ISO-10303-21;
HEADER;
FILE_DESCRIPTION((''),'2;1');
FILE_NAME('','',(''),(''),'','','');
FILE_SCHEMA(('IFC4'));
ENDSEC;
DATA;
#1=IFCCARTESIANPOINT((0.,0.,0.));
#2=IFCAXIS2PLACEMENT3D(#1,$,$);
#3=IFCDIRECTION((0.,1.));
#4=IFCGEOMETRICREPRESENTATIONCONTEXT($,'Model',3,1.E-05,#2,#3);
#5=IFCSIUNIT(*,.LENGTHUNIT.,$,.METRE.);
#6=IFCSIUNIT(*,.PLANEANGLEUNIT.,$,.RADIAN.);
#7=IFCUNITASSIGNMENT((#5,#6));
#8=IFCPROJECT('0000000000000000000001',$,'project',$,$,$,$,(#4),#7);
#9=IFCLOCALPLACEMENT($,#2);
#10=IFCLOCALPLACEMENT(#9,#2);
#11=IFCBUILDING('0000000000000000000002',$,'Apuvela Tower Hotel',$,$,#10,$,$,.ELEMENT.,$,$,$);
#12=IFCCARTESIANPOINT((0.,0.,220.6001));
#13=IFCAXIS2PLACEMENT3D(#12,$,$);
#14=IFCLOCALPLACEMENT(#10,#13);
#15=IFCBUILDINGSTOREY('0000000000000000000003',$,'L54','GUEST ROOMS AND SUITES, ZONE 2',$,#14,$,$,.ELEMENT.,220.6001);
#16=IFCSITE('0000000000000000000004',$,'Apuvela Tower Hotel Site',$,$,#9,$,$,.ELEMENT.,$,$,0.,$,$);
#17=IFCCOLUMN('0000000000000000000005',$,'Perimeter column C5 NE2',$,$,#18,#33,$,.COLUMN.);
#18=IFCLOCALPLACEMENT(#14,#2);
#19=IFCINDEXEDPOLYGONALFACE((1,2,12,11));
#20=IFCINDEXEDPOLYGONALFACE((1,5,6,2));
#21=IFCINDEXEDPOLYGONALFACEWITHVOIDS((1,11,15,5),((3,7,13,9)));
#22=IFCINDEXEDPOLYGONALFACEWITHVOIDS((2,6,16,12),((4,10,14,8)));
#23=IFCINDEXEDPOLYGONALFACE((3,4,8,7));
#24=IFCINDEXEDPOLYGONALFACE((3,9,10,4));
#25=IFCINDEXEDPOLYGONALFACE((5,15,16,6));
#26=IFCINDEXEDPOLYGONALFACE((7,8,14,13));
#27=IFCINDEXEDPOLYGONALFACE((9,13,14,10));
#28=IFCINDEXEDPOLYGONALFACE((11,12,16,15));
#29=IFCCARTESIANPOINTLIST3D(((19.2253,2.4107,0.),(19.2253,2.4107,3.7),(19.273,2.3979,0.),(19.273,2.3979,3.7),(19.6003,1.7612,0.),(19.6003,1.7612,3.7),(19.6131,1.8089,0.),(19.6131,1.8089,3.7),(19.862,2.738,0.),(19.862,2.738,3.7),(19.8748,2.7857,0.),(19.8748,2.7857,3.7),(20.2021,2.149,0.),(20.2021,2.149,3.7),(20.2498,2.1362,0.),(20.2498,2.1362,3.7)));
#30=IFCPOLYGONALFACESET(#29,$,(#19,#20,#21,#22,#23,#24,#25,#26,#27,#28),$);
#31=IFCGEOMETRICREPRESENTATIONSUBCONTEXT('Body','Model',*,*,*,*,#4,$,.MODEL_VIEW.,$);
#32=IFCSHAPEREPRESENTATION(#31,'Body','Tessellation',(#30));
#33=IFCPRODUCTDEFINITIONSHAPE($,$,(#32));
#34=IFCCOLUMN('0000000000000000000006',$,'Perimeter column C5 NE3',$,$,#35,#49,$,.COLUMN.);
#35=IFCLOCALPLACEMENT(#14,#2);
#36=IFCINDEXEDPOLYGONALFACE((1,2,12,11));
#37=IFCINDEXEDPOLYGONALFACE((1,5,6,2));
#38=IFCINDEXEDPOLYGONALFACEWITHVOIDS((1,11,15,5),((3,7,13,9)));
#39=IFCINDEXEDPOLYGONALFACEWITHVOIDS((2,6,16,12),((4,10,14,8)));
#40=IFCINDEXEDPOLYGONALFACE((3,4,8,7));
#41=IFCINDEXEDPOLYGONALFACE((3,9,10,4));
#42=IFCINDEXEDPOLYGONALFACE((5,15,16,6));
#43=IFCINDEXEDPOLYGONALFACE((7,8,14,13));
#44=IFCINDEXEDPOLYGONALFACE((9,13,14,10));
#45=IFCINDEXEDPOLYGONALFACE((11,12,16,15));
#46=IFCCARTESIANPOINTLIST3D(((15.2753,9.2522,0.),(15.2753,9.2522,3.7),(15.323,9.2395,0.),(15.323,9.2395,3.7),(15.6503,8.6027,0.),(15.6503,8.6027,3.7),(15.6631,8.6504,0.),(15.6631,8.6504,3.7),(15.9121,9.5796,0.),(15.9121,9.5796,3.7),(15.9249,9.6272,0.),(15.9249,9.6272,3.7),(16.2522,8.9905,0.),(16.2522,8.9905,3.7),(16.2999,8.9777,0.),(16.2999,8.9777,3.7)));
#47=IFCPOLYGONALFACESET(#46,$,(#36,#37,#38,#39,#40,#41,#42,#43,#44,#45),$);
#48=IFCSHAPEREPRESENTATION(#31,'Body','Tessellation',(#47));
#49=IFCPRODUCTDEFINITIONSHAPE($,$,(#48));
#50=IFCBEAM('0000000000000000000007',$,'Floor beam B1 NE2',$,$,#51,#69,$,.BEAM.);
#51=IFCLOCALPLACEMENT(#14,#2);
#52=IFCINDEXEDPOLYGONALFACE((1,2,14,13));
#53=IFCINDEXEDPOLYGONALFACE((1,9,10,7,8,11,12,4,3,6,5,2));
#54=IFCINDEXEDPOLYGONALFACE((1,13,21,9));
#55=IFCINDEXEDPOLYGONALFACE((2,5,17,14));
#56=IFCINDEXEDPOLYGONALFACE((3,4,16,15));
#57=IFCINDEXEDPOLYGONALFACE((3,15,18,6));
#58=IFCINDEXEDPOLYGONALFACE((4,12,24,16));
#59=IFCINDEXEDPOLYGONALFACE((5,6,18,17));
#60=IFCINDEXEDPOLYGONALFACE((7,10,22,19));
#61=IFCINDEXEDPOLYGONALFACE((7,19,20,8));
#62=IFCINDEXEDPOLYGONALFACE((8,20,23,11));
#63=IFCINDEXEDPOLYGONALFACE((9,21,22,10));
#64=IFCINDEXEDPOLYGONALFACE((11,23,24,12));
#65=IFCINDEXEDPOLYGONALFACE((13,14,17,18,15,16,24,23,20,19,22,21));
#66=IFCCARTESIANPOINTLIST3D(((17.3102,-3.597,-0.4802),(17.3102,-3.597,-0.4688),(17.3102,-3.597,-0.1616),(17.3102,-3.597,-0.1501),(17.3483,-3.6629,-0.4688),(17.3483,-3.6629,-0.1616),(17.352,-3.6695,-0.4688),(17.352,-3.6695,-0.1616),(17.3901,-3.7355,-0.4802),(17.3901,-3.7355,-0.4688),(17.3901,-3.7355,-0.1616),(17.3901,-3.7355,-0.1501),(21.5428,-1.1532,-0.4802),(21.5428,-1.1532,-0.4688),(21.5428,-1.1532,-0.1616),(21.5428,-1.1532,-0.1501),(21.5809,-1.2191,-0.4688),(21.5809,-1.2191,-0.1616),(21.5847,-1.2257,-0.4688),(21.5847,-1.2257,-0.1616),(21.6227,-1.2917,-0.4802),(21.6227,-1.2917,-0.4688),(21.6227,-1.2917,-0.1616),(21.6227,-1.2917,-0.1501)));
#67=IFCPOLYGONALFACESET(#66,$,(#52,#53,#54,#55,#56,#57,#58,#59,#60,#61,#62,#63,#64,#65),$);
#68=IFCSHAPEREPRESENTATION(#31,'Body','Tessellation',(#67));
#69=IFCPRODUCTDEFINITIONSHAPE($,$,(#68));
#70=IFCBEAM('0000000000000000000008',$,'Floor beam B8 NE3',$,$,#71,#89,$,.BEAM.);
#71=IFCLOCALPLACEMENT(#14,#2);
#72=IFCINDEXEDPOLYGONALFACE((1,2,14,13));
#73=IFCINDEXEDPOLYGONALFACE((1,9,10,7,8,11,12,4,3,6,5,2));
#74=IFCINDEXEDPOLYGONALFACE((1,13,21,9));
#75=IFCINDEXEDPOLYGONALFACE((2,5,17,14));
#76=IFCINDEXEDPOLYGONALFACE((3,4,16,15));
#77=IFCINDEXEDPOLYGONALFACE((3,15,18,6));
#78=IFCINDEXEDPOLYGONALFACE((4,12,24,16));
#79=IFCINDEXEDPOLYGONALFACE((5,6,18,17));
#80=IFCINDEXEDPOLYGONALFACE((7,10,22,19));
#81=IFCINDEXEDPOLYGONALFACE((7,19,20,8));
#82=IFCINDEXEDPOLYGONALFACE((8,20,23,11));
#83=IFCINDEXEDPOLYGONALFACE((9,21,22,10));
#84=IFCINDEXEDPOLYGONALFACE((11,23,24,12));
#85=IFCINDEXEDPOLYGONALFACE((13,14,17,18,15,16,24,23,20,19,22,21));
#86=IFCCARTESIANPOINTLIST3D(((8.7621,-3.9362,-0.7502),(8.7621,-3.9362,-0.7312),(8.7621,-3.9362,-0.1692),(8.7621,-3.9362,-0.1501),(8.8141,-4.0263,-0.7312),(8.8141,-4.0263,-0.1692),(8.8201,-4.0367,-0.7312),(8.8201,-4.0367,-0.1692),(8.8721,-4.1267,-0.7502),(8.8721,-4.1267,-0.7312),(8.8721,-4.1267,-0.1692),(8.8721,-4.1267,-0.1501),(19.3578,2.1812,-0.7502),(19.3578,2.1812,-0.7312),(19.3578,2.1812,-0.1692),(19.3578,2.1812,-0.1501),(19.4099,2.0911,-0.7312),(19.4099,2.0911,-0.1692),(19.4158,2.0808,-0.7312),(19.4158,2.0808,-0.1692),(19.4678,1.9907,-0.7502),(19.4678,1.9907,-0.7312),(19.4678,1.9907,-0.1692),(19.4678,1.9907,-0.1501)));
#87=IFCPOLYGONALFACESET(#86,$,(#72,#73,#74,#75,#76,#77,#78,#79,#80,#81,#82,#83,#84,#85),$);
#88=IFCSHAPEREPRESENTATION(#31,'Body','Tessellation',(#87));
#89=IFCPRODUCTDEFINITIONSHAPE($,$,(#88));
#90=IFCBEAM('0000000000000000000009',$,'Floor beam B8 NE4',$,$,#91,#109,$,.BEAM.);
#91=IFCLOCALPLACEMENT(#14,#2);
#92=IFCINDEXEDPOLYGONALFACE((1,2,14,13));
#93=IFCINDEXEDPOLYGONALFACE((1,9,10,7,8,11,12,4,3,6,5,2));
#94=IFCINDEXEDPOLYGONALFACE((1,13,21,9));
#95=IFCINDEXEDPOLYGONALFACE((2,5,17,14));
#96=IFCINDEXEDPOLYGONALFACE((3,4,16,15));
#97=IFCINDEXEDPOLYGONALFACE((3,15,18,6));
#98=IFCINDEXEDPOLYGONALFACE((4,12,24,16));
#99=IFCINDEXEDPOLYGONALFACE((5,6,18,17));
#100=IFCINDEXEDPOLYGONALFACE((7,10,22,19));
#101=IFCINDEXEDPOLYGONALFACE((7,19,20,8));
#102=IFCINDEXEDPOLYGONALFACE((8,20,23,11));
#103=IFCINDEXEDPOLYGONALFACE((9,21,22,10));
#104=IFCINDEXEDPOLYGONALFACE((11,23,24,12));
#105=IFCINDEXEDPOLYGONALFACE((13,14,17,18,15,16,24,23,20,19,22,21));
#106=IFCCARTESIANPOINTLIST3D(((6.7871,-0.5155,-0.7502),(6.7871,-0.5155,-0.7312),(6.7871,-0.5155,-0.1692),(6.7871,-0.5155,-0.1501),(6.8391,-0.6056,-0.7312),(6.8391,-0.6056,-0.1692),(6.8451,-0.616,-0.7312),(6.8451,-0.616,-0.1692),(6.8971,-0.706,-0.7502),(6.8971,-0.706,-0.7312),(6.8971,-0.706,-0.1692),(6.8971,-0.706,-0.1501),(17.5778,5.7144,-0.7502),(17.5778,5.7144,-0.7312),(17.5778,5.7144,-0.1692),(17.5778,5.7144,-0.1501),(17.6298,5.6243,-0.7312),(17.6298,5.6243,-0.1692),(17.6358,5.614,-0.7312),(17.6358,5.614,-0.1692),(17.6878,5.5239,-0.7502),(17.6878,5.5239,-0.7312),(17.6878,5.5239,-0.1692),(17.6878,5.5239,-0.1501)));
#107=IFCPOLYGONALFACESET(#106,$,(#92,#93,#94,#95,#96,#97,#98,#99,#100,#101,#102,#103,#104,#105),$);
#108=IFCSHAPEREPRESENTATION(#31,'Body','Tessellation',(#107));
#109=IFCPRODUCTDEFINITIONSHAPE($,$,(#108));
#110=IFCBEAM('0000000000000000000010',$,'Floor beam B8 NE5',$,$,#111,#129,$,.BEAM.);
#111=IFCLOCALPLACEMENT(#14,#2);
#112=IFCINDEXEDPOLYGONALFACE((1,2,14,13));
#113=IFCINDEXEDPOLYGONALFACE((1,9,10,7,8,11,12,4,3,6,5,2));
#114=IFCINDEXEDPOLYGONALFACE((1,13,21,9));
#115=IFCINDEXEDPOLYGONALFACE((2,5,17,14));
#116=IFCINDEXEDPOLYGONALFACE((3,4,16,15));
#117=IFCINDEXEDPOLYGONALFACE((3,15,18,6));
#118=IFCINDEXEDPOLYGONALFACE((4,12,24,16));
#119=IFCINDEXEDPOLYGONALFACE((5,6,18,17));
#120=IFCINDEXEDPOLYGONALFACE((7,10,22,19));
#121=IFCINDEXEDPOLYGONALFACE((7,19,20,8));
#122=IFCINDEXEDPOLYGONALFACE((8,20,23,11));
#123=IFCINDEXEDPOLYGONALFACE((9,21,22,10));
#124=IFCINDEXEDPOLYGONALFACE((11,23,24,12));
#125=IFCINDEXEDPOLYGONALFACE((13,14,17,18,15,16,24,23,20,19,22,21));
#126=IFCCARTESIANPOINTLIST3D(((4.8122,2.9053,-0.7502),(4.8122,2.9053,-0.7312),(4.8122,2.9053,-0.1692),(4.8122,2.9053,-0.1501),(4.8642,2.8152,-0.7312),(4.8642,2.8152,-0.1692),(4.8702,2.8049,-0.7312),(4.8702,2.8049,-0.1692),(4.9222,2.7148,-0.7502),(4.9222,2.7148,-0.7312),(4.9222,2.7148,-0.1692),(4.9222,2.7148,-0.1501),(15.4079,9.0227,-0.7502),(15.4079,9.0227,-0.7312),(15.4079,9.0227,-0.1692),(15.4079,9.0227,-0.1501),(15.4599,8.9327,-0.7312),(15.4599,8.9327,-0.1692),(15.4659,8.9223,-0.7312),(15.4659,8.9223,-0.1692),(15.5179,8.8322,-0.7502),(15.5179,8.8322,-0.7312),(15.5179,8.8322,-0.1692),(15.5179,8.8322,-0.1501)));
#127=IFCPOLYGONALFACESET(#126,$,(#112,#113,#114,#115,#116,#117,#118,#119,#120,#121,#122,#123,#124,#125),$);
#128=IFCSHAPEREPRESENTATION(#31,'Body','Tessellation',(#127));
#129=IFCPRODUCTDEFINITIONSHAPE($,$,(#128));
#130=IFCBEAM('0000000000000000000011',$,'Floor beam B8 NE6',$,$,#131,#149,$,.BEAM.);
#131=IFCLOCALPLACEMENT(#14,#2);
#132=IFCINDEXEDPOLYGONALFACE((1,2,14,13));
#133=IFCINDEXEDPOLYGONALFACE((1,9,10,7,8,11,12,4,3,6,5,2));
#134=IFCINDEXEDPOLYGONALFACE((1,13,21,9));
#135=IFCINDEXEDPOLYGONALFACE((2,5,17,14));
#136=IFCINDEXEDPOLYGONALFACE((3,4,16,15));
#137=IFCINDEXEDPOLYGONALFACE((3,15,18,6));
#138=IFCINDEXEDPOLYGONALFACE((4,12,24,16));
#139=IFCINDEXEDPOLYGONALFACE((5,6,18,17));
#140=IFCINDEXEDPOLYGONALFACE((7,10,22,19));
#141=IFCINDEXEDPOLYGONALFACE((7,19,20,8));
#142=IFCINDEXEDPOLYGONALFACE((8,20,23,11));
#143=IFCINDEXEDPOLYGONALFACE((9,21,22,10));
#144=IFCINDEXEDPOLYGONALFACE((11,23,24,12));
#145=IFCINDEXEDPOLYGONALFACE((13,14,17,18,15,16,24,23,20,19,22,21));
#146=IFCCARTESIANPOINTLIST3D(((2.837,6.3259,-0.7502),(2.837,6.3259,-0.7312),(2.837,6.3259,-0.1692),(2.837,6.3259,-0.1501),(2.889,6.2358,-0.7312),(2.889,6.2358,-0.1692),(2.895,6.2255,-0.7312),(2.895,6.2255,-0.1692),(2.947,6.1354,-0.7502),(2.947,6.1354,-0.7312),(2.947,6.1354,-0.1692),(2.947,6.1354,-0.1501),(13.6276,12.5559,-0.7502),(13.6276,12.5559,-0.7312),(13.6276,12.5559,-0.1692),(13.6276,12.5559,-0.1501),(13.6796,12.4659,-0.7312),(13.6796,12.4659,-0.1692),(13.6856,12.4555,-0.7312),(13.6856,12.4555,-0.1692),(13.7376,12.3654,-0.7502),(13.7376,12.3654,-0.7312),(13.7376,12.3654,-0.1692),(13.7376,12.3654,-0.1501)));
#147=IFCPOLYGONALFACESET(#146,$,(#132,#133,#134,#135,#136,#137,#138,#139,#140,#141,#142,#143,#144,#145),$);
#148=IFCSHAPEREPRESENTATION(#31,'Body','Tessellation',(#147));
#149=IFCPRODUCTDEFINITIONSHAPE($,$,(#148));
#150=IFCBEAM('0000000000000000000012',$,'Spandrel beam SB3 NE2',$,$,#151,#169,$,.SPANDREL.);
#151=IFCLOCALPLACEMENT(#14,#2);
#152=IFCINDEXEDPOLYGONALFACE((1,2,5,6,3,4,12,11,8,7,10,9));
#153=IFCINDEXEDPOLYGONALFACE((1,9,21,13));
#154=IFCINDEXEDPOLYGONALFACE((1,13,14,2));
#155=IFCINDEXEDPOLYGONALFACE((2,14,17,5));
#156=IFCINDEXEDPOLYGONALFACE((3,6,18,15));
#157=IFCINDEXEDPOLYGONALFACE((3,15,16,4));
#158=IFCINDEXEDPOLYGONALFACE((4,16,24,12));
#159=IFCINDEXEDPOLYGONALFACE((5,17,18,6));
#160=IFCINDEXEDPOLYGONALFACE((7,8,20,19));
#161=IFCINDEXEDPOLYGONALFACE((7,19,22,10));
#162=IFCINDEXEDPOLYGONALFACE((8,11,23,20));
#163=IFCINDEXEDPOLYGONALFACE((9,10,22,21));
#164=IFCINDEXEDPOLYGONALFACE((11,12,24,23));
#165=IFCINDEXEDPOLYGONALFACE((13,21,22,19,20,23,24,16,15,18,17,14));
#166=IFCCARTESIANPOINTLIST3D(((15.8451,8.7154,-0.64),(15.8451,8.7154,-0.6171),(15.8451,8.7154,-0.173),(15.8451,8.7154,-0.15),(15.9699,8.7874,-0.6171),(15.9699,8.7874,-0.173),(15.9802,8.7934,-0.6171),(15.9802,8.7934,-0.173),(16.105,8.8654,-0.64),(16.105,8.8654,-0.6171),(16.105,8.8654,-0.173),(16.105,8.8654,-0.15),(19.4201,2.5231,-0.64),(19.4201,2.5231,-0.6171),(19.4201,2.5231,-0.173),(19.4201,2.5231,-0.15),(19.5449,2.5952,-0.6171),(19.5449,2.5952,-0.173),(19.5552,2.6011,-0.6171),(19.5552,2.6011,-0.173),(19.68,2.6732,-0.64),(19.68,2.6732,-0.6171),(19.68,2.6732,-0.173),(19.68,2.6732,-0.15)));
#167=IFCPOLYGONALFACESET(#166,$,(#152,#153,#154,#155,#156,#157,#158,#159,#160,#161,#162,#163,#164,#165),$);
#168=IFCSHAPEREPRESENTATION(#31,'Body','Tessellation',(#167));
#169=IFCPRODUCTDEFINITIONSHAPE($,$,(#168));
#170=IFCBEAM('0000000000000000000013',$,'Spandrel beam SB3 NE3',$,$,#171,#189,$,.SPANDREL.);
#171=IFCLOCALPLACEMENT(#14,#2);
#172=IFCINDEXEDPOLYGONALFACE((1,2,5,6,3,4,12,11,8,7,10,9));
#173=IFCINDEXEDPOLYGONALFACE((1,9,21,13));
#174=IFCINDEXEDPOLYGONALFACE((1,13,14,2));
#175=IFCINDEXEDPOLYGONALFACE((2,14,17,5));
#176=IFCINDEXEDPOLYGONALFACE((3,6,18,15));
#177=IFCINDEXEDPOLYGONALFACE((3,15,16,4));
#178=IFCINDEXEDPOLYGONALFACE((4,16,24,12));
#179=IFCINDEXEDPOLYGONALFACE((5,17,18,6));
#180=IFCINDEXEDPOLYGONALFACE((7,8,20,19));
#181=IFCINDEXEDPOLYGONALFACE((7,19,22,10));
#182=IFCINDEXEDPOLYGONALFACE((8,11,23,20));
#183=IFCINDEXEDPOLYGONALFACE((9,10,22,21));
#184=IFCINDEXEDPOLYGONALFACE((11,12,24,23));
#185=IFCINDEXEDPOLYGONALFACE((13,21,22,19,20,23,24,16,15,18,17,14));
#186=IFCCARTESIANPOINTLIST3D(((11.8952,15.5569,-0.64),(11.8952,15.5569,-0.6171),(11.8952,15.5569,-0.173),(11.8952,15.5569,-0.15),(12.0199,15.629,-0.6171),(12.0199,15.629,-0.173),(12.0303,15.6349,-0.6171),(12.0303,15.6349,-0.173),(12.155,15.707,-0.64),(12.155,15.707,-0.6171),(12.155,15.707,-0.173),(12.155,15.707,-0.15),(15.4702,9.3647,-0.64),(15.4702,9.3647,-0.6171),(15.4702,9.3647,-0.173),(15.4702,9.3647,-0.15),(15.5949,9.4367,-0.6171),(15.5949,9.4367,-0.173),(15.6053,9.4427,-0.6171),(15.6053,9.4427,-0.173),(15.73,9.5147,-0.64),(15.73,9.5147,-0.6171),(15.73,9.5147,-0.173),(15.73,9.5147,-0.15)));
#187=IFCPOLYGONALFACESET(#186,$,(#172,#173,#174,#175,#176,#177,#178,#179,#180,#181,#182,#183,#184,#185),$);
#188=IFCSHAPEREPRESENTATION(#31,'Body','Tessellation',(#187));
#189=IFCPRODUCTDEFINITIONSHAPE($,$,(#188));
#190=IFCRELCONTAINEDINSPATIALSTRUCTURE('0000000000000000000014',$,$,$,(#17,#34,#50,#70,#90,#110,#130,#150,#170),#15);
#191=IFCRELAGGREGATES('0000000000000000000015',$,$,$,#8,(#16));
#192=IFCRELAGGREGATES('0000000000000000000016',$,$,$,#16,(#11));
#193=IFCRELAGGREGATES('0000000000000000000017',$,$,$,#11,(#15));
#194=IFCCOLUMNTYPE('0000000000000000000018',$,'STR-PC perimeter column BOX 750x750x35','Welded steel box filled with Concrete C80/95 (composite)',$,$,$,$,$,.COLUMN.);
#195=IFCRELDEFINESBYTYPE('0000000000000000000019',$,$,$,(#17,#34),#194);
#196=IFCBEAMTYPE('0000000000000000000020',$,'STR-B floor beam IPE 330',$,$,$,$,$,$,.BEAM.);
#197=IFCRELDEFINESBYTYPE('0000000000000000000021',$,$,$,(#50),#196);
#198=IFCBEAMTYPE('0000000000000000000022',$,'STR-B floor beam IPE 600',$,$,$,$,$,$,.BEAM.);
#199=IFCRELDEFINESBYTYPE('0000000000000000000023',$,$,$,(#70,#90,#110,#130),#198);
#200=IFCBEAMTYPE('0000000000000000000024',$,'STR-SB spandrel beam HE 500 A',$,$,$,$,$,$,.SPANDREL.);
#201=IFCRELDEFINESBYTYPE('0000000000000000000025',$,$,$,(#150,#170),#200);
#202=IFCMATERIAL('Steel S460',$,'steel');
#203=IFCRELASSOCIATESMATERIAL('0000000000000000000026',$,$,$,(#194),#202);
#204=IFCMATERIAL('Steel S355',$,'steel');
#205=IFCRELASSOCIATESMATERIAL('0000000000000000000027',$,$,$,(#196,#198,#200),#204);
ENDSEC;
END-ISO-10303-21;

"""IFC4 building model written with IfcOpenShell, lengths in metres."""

from ifc_helpers import new_model, si_unit, direction, frame, origin, origin_2d, place, context, subcontext, project, spatial, rectangle, hollow_rectangle, i_section, extrude, material, material_profile, profile_set, type_object, element, save


model = new_model("IFC4")

# Units and contexts
model_context = context("Model", 3, precision=1e-05, world=origin(), true_north=direction((0.0, 1.0)))
body_context = subcontext(model_context, "Body", "Model", "MODEL_VIEW")
ifc_project = project(units=[si_unit("LENGTHUNIT", "METRE"), si_unit("PLANEANGLEUNIT", "RADIAN")], contexts=[model_context])

# Site, building, storey
site_placement = place(None, origin())
site = spatial("IfcSite", under=ifc_project, at=site_placement, Name="Apuvela Tower Hotel Site", CompositionType="ELEMENT", RefElevation=0.0)
building_placement = place(site_placement, origin())
building = spatial("IfcBuilding", under=site, at=building_placement, Name="Apuvela Tower Hotel", CompositionType="ELEMENT")
storey_placement = place(building_placement, frame((0.0, 0.0, 220.6001)))
storey = spatial("IfcBuildingStorey", under=building, at=storey_placement, Name="L54", Description="GUEST ROOMS AND SUITES, ZONE 2", CompositionType="ELEMENT", Elevation=220.6001)

# Columns
ifc_material_1 = material(Name="Steel S460", Category="steel")
ifc_material_profile_1 = material_profile(ifc_material_1, hollow_rectangle(XDim=0.75, YDim=0.75, WallThickness=0.0349, at=origin_2d()), Name="BOX 750x750x35")
ifc_material_2 = material(Name="Concrete C80/95", Category="concrete")
ifc_material_profile_2 = material_profile(ifc_material_2, rectangle(XDim=0.6799, YDim=0.6799, at=origin_2d()), Name="Concrete C80/95 infill")
ifc_profile_set_1 = profile_set([ifc_material_profile_1, ifc_material_profile_2], Name="Steel S460")
column_type = type_object("IfcColumnType", Name="STR-PC perimeter column BOX 750x750x35", Description="Welded steel box filled with Concrete C80/95 (composite)", PredefinedType="COLUMN", material=ifc_profile_set_1)
for number, where, z_axis, x_axis, name in (
    (1, (19.7375, 2.2734, 0.0), (0.0, 0.0, 1.0), (-0.5, 0.866025, 0.0), "Perimeter column C5 NE2"),
    (2, (15.7876, 9.115, 0.0), (0.0, 0.0, 1.0), (-0.5, 0.866025, 0.0), "Perimeter column C5 NE3"),
):
    element("IfcColumn", number, at=place(storey_placement, frame(where, z_axis=z_axis, x_axis=x_axis)), inside=storey, type_object=column_type, Name=name, PredefinedType="COLUMN", context=body_context, shape_type="SweptSolid", body=[
        extrude(hollow_rectangle(XDim=0.75, YDim=0.75, WallThickness=0.0349, at=origin_2d()), origin(), (0.0, 0.0, 1.0), 3.7),
    ])

# Beams
ifc_material_3 = material(Name="Steel S355", Category="steel")
ifc_material_profile_3 = material_profile(ifc_material_3, i_section(OverallWidth=0.1599, OverallDepth=0.3301, WebThickness=0.0076, FlangeThickness=0.0115, at=origin_2d()), Name="IPE 330")
ifc_profile_set_2 = profile_set([ifc_material_profile_3], Name="Steel S355")
beam_type_1 = type_object("IfcBeamType", Name="STR-B floor beam IPE 330", PredefinedType="BEAM", material=ifc_profile_set_2)
beam_1_placement = place(storey_placement, frame((21.5828, -1.2224, -0.3152), z_axis=(-0.866015, -0.500018, 0.0), x_axis=(0.500018, -0.866015, 0.0)))
element("IfcBeam", 3, at=beam_1_placement, inside=storey, type_object=beam_type_1, Name="Floor beam B1 NE2", PredefinedType="BEAM", context=body_context, shape_type="SweptSolid", body=[
    extrude(i_section(OverallWidth=0.1599, OverallDepth=0.3301, WebThickness=0.0076, FlangeThickness=0.0115, at=origin_2d()), origin(), (0.0, 0.0, 1.0), 4.8875),
])
ifc_material_profile_4 = material_profile(ifc_material_3, i_section(OverallWidth=0.22, OverallDepth=0.6001, WebThickness=0.012, FlangeThickness=0.019, at=origin_2d()), Name="IPE 600")
ifc_profile_set_3 = profile_set([ifc_material_profile_4], Name="Steel S355")
beam_type_2 = type_object("IfcBeamType", Name="STR-B floor beam IPE 600", PredefinedType="BEAM", material=ifc_profile_set_3)
beam_2_placement = place(storey_placement, frame((19.4128, 2.0859, -0.4502), z_axis=(-0.866025, -0.5, 0.0), x_axis=(0.5, -0.866025, 0.0)))
element("IfcBeam", 4, at=beam_2_placement, inside=storey, type_object=beam_type_2, Name="Floor beam B8 NE3", PredefinedType="BEAM", context=body_context, shape_type="SweptSolid", body=[
    extrude(i_section(OverallWidth=0.22, OverallDepth=0.6001, WebThickness=0.012, FlangeThickness=0.019, at=origin_2d()), origin(), (0.0, 0.0, 1.0), 12.2349),
])
beam_3_placement = place(storey_placement, frame((17.6328, 5.6191, -0.4502), z_axis=(-0.866028, -0.499996, 0.0), x_axis=(0.499996, -0.866028, 0.0)))
element("IfcBeam", 5, at=beam_3_placement, inside=storey, type_object=beam_type_2, Name="Floor beam B8 NE4", PredefinedType="BEAM", context=body_context, shape_type="SweptSolid", body=[
    extrude(i_section(OverallWidth=0.22, OverallDepth=0.6001, WebThickness=0.012, FlangeThickness=0.019, at=origin_2d()), origin(), (0.0, 0.0, 1.0), 12.46),
])
beam_4_placement = place(storey_placement, frame((15.4629, 8.9275, -0.4502), z_axis=(-0.866025, -0.5, 0.0), x_axis=(0.5, -0.866025, 0.0)))
element("IfcBeam", 6, at=beam_4_placement, inside=storey, type_object=beam_type_2, Name="Floor beam B8 NE5", PredefinedType="BEAM", context=body_context, shape_type="SweptSolid", body=[
    extrude(i_section(OverallWidth=0.22, OverallDepth=0.6001, WebThickness=0.012, FlangeThickness=0.019, at=origin_2d()), origin(), (0.0, 0.0, 1.0), 12.2349),
])
beam_5_placement = place(storey_placement, frame((13.6826, 12.4607, -0.4502), z_axis=(-0.866023, -0.500004, 0.0), x_axis=(0.500004, -0.866023, 0.0)))
element("IfcBeam", 7, at=beam_5_placement, inside=storey, type_object=beam_type_2, Name="Floor beam B8 NE6", PredefinedType="BEAM", context=body_context, shape_type="SweptSolid", body=[
    extrude(i_section(OverallWidth=0.22, OverallDepth=0.6001, WebThickness=0.012, FlangeThickness=0.019, at=origin_2d()), origin(), (0.0, 0.0, 1.0), 12.46),
])
ifc_material_profile_5 = material_profile(ifc_material_3, i_section(OverallWidth=0.3, OverallDepth=0.49, WebThickness=0.012, FlangeThickness=0.0229, at=origin_2d()), Name="HE 500 A")
ifc_profile_set_4 = profile_set([ifc_material_profile_5], Name="Steel S355")
beam_type_3 = type_object("IfcBeamType", Name="STR-SB spandrel beam HE 500 A", PredefinedType="SPANDREL", material=ifc_profile_set_4)
for number, where, z_axis, x_axis, name in (
    (8, (19.55, 2.5981, -0.395), (-0.499991, 0.86603, 0.0), (-0.86603, -0.499991, 0.0), "Spandrel beam SB3 NE2"),
    (9, (15.6001, 9.4397, -0.395), (-0.499991, 0.86603, 0.0), (-0.86603, -0.499991, 0.0), "Spandrel beam SB3 NE3"),
):
    element("IfcBeam", number, at=place(storey_placement, frame(where, z_axis=z_axis, x_axis=x_axis)), inside=storey, type_object=beam_type_3, Name=name, PredefinedType="SPANDREL", context=body_context, shape_type="SweptSolid", body=[
        extrude(i_section(OverallWidth=0.3, OverallDepth=0.49, WebThickness=0.012, FlangeThickness=0.0229, at=origin_2d()), origin(), (0.0, 0.0, 1.0), 7.1501),
    ])

save(model, "model.ifc")
